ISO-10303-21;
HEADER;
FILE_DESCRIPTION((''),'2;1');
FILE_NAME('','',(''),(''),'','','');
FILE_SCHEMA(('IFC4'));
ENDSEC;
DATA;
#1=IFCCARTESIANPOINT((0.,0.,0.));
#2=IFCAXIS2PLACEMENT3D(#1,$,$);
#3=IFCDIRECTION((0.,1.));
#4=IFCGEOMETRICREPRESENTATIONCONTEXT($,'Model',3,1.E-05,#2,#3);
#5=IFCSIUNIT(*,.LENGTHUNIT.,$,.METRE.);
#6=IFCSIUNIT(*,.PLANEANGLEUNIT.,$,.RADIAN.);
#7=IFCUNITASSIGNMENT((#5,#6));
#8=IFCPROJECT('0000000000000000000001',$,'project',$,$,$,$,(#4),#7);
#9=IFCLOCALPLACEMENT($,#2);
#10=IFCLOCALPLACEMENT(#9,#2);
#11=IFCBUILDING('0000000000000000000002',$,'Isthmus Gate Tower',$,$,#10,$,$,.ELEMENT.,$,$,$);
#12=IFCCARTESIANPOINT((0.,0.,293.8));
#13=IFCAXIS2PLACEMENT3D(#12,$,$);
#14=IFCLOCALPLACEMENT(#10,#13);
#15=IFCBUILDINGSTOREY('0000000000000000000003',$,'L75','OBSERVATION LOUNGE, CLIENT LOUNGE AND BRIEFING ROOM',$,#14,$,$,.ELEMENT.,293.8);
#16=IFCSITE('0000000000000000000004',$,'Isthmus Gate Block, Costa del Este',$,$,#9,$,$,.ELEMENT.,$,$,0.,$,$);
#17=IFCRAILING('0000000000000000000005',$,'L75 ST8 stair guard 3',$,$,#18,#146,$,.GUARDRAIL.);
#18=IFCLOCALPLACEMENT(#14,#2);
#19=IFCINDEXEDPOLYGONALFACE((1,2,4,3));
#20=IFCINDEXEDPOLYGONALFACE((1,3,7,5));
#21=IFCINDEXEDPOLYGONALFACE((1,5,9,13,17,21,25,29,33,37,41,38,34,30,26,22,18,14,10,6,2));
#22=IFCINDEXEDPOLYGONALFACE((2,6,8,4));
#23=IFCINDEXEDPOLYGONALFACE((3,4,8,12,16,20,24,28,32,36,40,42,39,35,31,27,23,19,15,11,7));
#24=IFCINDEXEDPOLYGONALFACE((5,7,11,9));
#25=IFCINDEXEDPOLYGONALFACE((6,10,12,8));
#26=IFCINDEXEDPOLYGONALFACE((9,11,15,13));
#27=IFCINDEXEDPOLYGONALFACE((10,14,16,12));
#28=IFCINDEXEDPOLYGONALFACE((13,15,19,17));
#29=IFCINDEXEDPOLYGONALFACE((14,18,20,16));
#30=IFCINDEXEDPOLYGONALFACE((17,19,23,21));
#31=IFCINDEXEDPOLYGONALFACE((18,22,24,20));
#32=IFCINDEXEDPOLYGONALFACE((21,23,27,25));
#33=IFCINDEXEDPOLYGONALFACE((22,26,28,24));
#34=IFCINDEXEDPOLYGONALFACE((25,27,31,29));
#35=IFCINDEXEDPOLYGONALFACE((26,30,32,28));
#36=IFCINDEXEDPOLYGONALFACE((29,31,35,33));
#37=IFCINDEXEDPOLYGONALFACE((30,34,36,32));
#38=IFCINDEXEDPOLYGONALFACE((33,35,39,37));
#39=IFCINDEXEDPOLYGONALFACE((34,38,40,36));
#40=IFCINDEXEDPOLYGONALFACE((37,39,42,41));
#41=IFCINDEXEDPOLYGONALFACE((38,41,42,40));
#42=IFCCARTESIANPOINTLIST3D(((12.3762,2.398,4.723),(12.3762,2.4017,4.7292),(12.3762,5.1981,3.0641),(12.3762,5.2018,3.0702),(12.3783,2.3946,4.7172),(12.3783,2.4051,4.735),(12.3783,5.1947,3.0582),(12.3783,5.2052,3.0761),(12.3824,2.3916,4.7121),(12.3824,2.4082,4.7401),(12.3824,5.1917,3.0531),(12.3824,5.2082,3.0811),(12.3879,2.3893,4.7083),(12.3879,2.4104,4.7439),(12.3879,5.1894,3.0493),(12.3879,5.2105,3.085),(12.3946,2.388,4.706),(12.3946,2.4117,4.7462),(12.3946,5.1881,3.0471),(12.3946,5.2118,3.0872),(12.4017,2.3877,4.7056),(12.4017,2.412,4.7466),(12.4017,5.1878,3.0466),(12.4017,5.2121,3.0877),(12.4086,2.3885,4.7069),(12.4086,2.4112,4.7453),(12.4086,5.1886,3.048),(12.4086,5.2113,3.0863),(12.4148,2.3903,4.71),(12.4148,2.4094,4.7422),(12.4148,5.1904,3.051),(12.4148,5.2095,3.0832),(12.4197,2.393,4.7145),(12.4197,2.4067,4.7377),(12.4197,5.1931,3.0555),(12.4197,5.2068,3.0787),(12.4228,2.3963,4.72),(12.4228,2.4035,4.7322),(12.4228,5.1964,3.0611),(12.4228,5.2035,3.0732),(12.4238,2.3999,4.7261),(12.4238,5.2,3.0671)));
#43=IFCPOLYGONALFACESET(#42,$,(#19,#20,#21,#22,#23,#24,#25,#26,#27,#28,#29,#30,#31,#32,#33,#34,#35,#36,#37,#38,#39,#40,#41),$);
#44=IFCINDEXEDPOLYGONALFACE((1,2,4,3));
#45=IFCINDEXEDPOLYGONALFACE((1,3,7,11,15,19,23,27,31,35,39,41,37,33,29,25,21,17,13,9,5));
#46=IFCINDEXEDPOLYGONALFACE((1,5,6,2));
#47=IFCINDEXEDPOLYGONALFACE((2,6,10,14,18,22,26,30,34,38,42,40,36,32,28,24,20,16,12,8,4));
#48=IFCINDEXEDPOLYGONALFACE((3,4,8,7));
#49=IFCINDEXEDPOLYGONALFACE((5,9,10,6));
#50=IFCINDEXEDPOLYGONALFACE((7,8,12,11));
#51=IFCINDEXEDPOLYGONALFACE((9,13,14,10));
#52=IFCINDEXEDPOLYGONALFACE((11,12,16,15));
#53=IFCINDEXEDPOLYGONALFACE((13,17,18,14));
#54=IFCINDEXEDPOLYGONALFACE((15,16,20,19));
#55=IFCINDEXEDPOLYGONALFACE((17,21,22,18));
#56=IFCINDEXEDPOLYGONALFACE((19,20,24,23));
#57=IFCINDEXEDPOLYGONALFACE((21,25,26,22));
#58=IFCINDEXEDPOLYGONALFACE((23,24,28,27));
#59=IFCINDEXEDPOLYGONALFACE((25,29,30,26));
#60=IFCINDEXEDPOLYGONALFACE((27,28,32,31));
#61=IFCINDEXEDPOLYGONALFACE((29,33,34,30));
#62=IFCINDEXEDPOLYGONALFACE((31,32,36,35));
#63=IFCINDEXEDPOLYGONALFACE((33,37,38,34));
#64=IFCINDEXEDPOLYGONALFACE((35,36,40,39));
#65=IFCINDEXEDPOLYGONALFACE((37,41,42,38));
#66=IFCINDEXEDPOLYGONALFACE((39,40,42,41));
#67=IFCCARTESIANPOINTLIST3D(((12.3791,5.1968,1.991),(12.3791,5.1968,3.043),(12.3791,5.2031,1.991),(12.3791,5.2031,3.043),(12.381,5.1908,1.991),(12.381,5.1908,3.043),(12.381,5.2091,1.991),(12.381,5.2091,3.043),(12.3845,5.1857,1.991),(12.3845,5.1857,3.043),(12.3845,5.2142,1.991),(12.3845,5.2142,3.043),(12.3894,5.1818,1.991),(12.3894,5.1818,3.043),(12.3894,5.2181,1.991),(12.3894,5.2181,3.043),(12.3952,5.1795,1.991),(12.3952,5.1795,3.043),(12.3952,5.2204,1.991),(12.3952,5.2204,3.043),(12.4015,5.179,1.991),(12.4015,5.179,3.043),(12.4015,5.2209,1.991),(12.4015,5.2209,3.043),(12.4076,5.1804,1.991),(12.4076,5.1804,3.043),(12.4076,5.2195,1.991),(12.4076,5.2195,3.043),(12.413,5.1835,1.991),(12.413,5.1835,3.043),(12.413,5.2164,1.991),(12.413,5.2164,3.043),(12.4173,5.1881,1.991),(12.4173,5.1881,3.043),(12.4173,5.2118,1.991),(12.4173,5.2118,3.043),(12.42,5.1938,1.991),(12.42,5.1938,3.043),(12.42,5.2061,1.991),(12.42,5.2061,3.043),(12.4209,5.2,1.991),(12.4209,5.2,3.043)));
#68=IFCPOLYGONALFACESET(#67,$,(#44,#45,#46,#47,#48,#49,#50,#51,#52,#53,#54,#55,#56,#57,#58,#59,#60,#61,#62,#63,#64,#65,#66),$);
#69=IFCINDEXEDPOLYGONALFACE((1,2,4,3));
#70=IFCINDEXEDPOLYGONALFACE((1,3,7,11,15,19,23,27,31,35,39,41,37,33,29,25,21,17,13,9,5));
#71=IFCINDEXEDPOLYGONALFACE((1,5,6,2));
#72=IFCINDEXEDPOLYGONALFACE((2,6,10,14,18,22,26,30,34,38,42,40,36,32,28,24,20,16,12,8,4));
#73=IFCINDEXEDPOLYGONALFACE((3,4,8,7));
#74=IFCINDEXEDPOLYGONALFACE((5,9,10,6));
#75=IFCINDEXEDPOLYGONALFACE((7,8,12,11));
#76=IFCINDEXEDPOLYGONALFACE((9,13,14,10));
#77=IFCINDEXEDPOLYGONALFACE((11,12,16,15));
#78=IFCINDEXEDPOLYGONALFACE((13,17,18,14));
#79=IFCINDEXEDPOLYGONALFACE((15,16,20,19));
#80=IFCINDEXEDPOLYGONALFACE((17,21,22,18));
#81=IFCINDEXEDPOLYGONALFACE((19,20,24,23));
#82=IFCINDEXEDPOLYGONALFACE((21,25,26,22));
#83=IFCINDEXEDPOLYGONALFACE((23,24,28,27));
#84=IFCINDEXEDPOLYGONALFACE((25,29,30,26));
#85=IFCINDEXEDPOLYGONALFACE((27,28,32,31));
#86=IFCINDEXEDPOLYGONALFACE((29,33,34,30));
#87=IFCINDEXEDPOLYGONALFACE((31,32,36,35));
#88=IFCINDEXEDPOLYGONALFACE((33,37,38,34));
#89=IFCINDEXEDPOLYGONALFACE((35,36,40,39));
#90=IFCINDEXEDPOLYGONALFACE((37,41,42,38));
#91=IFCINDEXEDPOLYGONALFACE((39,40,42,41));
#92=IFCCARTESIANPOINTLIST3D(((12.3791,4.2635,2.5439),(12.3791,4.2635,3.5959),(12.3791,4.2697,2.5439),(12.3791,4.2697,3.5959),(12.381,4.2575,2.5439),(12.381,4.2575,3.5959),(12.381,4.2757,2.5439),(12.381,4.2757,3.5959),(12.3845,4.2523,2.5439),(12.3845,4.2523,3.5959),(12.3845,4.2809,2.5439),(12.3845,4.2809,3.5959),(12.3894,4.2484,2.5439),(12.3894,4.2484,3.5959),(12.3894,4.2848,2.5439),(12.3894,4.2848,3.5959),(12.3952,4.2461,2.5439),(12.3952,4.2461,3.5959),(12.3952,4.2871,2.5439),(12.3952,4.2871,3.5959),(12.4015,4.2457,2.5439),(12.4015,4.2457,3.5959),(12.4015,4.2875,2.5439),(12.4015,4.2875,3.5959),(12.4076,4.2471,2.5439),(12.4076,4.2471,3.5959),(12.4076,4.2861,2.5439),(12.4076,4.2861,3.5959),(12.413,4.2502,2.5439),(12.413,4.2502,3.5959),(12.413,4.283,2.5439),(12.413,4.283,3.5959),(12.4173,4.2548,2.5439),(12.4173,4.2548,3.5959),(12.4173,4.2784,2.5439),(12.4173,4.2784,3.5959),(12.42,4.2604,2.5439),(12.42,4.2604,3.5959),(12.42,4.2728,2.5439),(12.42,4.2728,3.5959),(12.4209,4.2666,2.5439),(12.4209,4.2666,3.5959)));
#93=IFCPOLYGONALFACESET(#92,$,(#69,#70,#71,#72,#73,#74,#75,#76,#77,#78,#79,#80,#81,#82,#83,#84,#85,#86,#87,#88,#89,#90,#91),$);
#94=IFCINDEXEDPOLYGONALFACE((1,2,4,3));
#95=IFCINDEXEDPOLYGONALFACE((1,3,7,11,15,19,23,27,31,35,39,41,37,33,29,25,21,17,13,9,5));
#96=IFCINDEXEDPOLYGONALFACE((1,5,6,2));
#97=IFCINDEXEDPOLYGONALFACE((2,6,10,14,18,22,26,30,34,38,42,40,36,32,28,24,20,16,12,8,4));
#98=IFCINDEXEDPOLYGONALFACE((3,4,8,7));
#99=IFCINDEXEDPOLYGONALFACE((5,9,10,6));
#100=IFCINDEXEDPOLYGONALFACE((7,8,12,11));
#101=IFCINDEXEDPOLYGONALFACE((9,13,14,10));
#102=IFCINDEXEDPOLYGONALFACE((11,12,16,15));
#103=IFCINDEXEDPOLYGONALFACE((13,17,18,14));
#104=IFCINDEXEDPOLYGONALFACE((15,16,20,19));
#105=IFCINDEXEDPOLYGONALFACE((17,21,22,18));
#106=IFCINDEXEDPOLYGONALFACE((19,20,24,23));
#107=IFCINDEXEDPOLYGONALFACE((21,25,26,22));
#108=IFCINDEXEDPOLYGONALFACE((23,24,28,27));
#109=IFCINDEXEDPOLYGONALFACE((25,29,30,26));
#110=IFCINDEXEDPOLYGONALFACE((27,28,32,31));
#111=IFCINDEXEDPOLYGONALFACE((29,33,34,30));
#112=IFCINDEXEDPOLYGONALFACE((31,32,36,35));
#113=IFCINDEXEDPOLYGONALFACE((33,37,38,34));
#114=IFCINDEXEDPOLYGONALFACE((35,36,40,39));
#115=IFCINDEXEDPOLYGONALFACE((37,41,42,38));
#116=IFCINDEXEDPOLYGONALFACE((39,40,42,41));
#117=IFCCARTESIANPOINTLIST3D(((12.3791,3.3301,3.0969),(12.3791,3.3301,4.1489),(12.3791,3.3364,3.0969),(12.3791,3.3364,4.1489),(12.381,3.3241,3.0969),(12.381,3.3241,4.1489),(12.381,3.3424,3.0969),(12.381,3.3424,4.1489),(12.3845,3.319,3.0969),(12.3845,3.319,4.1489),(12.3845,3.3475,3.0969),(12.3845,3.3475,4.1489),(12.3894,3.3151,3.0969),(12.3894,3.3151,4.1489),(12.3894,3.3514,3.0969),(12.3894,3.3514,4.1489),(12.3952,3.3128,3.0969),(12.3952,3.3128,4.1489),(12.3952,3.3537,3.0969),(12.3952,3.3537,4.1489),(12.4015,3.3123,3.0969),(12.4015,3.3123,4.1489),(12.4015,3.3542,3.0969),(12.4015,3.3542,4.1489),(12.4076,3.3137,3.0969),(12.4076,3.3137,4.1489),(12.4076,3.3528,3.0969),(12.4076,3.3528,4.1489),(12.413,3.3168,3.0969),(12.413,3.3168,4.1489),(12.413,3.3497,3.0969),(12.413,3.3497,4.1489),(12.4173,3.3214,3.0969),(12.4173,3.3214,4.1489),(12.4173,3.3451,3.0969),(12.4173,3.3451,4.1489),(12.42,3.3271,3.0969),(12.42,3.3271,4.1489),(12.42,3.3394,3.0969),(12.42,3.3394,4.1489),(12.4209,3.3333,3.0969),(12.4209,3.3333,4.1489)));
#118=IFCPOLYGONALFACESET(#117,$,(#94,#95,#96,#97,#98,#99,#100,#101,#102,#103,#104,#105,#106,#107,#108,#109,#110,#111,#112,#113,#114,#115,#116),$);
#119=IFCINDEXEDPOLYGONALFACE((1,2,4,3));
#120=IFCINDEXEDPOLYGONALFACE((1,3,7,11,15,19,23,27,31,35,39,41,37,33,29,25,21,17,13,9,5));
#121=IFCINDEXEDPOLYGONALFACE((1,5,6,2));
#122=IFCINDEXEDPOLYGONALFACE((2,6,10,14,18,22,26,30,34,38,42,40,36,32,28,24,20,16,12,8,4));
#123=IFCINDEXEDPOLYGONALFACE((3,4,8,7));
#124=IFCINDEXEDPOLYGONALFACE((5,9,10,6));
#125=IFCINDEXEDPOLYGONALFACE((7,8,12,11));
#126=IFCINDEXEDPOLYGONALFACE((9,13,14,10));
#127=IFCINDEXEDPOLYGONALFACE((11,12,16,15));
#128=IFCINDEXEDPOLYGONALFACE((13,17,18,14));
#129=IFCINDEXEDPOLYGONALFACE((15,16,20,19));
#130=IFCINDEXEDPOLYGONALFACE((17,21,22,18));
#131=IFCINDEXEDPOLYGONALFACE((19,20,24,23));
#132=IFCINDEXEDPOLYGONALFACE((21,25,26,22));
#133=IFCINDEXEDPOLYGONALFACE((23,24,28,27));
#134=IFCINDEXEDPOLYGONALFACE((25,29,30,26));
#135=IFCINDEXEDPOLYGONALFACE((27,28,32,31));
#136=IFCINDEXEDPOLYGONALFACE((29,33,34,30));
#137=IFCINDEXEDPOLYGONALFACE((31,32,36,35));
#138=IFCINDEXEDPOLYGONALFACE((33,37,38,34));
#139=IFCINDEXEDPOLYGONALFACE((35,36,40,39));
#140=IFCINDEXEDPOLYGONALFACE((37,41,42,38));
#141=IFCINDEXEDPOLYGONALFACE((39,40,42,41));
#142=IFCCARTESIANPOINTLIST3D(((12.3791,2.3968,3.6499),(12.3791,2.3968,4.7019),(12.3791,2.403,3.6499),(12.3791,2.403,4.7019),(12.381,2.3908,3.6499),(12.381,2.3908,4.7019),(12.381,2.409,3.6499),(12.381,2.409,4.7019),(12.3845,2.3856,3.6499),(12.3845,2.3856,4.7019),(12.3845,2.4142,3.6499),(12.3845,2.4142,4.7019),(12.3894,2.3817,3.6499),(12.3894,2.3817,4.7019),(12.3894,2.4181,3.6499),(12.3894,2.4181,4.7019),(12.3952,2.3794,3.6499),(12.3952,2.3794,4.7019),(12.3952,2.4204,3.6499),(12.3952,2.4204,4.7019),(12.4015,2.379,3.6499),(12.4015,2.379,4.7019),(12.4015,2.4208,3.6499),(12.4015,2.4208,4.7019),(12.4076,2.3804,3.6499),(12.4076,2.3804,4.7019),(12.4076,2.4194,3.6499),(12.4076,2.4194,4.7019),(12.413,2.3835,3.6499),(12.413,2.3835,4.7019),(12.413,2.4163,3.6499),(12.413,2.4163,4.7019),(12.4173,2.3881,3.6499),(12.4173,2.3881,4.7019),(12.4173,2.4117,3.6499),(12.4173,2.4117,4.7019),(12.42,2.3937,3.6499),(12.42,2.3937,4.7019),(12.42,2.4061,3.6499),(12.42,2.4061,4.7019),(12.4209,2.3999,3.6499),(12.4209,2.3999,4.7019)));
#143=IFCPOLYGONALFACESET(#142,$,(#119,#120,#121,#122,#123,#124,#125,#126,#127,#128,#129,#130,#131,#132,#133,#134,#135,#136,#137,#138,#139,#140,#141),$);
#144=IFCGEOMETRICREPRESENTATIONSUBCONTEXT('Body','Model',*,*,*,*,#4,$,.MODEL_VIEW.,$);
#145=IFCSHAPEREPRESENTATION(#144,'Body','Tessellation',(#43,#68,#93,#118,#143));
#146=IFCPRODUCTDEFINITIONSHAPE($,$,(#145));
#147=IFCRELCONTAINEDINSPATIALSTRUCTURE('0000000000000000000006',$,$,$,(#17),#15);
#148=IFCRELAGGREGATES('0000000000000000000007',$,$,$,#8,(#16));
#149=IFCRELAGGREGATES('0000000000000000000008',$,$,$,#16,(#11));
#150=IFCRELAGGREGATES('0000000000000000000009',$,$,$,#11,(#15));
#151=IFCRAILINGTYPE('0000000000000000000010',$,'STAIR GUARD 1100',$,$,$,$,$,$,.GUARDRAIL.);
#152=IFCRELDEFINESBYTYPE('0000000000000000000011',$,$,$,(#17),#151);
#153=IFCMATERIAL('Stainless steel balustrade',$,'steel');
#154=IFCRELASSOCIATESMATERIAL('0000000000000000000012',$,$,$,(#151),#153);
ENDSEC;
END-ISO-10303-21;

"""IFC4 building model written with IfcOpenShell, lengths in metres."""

from ifc_helpers import new_model, si_unit, direction, frame, origin, origin_2d, place, context, subcontext, project, spatial, circle, extrude, material, type_object, element, save


model = new_model("IFC4")

# Units and contexts
model_context = context("Model", 3, precision=1e-05, world=origin(), true_north=direction((0.0, 1.0)))
body_context = subcontext(model_context, "Body", "Model", "MODEL_VIEW")
ifc_project = project(units=[si_unit("LENGTHUNIT", "METRE"), si_unit("PLANEANGLEUNIT", "RADIAN")], contexts=[model_context])

# Site, building, storey
site_placement = place(None, origin())
site = spatial("IfcSite", under=ifc_project, at=site_placement, Name="Isthmus Gate Block, Costa del Este", CompositionType="ELEMENT", RefElevation=0.0)
building_placement = place(site_placement, origin())
building = spatial("IfcBuilding", under=site, at=building_placement, Name="Isthmus Gate Tower", CompositionType="ELEMENT")
storey_placement = place(building_placement, frame((0.0, 0.0, 293.8)))
storey = spatial("IfcBuildingStorey", under=building, at=storey_placement, Name="L75", Description="OBSERVATION LOUNGE, CLIENT LOUNGE AND BRIEFING ROOM", CompositionType="ELEMENT", Elevation=293.8)

# Railing
ifc_material_1 = material(Name="Stainless steel balustrade", Category="steel")
railing_type_1 = type_object("IfcRailingType", Name="STAIR GUARD 1100", PredefinedType="GUARDRAIL", material=ifc_material_1)
railing_1_placement = place(storey_placement, frame((12.3999, 5.2, 1.991)))
element("IfcRailing", 1, at=railing_1_placement, inside=storey, type_object=railing_type_1, Name="L75 ST8 stair guard 3", PredefinedType="GUARDRAIL", context=body_context, shape_type="SweptSolid", body=[
    extrude(circle(Radius=0.0239, at=origin_2d()), frame((0.0, 0.0, 1.0762), z_axis=(0.0, -0.860339, 0.509722), x_axis=(1.0, 0.0, 0.0)), (0.0, 0.0, 1.0), 3.2546),
    extrude(circle(Radius=0.021, at=origin_2d()), origin(), (0.0, 0.0, 1.0), 1.052),
    extrude(circle(Radius=0.021, at=origin_2d()), frame((0.0, -0.9333, 0.553)), (0.0, 0.0, 1.0), 1.052),
    extrude(circle(Radius=0.021, at=origin_2d()), frame((0.0, -1.8667, 1.106)), (0.0, 0.0, 1.0), 1.052),
    extrude(circle(Radius=0.021, at=origin_2d()), frame((0.0, -2.8, 1.6589)), (0.0, 0.0, 1.0), 1.052),
])

save(model, "model.ifc")
